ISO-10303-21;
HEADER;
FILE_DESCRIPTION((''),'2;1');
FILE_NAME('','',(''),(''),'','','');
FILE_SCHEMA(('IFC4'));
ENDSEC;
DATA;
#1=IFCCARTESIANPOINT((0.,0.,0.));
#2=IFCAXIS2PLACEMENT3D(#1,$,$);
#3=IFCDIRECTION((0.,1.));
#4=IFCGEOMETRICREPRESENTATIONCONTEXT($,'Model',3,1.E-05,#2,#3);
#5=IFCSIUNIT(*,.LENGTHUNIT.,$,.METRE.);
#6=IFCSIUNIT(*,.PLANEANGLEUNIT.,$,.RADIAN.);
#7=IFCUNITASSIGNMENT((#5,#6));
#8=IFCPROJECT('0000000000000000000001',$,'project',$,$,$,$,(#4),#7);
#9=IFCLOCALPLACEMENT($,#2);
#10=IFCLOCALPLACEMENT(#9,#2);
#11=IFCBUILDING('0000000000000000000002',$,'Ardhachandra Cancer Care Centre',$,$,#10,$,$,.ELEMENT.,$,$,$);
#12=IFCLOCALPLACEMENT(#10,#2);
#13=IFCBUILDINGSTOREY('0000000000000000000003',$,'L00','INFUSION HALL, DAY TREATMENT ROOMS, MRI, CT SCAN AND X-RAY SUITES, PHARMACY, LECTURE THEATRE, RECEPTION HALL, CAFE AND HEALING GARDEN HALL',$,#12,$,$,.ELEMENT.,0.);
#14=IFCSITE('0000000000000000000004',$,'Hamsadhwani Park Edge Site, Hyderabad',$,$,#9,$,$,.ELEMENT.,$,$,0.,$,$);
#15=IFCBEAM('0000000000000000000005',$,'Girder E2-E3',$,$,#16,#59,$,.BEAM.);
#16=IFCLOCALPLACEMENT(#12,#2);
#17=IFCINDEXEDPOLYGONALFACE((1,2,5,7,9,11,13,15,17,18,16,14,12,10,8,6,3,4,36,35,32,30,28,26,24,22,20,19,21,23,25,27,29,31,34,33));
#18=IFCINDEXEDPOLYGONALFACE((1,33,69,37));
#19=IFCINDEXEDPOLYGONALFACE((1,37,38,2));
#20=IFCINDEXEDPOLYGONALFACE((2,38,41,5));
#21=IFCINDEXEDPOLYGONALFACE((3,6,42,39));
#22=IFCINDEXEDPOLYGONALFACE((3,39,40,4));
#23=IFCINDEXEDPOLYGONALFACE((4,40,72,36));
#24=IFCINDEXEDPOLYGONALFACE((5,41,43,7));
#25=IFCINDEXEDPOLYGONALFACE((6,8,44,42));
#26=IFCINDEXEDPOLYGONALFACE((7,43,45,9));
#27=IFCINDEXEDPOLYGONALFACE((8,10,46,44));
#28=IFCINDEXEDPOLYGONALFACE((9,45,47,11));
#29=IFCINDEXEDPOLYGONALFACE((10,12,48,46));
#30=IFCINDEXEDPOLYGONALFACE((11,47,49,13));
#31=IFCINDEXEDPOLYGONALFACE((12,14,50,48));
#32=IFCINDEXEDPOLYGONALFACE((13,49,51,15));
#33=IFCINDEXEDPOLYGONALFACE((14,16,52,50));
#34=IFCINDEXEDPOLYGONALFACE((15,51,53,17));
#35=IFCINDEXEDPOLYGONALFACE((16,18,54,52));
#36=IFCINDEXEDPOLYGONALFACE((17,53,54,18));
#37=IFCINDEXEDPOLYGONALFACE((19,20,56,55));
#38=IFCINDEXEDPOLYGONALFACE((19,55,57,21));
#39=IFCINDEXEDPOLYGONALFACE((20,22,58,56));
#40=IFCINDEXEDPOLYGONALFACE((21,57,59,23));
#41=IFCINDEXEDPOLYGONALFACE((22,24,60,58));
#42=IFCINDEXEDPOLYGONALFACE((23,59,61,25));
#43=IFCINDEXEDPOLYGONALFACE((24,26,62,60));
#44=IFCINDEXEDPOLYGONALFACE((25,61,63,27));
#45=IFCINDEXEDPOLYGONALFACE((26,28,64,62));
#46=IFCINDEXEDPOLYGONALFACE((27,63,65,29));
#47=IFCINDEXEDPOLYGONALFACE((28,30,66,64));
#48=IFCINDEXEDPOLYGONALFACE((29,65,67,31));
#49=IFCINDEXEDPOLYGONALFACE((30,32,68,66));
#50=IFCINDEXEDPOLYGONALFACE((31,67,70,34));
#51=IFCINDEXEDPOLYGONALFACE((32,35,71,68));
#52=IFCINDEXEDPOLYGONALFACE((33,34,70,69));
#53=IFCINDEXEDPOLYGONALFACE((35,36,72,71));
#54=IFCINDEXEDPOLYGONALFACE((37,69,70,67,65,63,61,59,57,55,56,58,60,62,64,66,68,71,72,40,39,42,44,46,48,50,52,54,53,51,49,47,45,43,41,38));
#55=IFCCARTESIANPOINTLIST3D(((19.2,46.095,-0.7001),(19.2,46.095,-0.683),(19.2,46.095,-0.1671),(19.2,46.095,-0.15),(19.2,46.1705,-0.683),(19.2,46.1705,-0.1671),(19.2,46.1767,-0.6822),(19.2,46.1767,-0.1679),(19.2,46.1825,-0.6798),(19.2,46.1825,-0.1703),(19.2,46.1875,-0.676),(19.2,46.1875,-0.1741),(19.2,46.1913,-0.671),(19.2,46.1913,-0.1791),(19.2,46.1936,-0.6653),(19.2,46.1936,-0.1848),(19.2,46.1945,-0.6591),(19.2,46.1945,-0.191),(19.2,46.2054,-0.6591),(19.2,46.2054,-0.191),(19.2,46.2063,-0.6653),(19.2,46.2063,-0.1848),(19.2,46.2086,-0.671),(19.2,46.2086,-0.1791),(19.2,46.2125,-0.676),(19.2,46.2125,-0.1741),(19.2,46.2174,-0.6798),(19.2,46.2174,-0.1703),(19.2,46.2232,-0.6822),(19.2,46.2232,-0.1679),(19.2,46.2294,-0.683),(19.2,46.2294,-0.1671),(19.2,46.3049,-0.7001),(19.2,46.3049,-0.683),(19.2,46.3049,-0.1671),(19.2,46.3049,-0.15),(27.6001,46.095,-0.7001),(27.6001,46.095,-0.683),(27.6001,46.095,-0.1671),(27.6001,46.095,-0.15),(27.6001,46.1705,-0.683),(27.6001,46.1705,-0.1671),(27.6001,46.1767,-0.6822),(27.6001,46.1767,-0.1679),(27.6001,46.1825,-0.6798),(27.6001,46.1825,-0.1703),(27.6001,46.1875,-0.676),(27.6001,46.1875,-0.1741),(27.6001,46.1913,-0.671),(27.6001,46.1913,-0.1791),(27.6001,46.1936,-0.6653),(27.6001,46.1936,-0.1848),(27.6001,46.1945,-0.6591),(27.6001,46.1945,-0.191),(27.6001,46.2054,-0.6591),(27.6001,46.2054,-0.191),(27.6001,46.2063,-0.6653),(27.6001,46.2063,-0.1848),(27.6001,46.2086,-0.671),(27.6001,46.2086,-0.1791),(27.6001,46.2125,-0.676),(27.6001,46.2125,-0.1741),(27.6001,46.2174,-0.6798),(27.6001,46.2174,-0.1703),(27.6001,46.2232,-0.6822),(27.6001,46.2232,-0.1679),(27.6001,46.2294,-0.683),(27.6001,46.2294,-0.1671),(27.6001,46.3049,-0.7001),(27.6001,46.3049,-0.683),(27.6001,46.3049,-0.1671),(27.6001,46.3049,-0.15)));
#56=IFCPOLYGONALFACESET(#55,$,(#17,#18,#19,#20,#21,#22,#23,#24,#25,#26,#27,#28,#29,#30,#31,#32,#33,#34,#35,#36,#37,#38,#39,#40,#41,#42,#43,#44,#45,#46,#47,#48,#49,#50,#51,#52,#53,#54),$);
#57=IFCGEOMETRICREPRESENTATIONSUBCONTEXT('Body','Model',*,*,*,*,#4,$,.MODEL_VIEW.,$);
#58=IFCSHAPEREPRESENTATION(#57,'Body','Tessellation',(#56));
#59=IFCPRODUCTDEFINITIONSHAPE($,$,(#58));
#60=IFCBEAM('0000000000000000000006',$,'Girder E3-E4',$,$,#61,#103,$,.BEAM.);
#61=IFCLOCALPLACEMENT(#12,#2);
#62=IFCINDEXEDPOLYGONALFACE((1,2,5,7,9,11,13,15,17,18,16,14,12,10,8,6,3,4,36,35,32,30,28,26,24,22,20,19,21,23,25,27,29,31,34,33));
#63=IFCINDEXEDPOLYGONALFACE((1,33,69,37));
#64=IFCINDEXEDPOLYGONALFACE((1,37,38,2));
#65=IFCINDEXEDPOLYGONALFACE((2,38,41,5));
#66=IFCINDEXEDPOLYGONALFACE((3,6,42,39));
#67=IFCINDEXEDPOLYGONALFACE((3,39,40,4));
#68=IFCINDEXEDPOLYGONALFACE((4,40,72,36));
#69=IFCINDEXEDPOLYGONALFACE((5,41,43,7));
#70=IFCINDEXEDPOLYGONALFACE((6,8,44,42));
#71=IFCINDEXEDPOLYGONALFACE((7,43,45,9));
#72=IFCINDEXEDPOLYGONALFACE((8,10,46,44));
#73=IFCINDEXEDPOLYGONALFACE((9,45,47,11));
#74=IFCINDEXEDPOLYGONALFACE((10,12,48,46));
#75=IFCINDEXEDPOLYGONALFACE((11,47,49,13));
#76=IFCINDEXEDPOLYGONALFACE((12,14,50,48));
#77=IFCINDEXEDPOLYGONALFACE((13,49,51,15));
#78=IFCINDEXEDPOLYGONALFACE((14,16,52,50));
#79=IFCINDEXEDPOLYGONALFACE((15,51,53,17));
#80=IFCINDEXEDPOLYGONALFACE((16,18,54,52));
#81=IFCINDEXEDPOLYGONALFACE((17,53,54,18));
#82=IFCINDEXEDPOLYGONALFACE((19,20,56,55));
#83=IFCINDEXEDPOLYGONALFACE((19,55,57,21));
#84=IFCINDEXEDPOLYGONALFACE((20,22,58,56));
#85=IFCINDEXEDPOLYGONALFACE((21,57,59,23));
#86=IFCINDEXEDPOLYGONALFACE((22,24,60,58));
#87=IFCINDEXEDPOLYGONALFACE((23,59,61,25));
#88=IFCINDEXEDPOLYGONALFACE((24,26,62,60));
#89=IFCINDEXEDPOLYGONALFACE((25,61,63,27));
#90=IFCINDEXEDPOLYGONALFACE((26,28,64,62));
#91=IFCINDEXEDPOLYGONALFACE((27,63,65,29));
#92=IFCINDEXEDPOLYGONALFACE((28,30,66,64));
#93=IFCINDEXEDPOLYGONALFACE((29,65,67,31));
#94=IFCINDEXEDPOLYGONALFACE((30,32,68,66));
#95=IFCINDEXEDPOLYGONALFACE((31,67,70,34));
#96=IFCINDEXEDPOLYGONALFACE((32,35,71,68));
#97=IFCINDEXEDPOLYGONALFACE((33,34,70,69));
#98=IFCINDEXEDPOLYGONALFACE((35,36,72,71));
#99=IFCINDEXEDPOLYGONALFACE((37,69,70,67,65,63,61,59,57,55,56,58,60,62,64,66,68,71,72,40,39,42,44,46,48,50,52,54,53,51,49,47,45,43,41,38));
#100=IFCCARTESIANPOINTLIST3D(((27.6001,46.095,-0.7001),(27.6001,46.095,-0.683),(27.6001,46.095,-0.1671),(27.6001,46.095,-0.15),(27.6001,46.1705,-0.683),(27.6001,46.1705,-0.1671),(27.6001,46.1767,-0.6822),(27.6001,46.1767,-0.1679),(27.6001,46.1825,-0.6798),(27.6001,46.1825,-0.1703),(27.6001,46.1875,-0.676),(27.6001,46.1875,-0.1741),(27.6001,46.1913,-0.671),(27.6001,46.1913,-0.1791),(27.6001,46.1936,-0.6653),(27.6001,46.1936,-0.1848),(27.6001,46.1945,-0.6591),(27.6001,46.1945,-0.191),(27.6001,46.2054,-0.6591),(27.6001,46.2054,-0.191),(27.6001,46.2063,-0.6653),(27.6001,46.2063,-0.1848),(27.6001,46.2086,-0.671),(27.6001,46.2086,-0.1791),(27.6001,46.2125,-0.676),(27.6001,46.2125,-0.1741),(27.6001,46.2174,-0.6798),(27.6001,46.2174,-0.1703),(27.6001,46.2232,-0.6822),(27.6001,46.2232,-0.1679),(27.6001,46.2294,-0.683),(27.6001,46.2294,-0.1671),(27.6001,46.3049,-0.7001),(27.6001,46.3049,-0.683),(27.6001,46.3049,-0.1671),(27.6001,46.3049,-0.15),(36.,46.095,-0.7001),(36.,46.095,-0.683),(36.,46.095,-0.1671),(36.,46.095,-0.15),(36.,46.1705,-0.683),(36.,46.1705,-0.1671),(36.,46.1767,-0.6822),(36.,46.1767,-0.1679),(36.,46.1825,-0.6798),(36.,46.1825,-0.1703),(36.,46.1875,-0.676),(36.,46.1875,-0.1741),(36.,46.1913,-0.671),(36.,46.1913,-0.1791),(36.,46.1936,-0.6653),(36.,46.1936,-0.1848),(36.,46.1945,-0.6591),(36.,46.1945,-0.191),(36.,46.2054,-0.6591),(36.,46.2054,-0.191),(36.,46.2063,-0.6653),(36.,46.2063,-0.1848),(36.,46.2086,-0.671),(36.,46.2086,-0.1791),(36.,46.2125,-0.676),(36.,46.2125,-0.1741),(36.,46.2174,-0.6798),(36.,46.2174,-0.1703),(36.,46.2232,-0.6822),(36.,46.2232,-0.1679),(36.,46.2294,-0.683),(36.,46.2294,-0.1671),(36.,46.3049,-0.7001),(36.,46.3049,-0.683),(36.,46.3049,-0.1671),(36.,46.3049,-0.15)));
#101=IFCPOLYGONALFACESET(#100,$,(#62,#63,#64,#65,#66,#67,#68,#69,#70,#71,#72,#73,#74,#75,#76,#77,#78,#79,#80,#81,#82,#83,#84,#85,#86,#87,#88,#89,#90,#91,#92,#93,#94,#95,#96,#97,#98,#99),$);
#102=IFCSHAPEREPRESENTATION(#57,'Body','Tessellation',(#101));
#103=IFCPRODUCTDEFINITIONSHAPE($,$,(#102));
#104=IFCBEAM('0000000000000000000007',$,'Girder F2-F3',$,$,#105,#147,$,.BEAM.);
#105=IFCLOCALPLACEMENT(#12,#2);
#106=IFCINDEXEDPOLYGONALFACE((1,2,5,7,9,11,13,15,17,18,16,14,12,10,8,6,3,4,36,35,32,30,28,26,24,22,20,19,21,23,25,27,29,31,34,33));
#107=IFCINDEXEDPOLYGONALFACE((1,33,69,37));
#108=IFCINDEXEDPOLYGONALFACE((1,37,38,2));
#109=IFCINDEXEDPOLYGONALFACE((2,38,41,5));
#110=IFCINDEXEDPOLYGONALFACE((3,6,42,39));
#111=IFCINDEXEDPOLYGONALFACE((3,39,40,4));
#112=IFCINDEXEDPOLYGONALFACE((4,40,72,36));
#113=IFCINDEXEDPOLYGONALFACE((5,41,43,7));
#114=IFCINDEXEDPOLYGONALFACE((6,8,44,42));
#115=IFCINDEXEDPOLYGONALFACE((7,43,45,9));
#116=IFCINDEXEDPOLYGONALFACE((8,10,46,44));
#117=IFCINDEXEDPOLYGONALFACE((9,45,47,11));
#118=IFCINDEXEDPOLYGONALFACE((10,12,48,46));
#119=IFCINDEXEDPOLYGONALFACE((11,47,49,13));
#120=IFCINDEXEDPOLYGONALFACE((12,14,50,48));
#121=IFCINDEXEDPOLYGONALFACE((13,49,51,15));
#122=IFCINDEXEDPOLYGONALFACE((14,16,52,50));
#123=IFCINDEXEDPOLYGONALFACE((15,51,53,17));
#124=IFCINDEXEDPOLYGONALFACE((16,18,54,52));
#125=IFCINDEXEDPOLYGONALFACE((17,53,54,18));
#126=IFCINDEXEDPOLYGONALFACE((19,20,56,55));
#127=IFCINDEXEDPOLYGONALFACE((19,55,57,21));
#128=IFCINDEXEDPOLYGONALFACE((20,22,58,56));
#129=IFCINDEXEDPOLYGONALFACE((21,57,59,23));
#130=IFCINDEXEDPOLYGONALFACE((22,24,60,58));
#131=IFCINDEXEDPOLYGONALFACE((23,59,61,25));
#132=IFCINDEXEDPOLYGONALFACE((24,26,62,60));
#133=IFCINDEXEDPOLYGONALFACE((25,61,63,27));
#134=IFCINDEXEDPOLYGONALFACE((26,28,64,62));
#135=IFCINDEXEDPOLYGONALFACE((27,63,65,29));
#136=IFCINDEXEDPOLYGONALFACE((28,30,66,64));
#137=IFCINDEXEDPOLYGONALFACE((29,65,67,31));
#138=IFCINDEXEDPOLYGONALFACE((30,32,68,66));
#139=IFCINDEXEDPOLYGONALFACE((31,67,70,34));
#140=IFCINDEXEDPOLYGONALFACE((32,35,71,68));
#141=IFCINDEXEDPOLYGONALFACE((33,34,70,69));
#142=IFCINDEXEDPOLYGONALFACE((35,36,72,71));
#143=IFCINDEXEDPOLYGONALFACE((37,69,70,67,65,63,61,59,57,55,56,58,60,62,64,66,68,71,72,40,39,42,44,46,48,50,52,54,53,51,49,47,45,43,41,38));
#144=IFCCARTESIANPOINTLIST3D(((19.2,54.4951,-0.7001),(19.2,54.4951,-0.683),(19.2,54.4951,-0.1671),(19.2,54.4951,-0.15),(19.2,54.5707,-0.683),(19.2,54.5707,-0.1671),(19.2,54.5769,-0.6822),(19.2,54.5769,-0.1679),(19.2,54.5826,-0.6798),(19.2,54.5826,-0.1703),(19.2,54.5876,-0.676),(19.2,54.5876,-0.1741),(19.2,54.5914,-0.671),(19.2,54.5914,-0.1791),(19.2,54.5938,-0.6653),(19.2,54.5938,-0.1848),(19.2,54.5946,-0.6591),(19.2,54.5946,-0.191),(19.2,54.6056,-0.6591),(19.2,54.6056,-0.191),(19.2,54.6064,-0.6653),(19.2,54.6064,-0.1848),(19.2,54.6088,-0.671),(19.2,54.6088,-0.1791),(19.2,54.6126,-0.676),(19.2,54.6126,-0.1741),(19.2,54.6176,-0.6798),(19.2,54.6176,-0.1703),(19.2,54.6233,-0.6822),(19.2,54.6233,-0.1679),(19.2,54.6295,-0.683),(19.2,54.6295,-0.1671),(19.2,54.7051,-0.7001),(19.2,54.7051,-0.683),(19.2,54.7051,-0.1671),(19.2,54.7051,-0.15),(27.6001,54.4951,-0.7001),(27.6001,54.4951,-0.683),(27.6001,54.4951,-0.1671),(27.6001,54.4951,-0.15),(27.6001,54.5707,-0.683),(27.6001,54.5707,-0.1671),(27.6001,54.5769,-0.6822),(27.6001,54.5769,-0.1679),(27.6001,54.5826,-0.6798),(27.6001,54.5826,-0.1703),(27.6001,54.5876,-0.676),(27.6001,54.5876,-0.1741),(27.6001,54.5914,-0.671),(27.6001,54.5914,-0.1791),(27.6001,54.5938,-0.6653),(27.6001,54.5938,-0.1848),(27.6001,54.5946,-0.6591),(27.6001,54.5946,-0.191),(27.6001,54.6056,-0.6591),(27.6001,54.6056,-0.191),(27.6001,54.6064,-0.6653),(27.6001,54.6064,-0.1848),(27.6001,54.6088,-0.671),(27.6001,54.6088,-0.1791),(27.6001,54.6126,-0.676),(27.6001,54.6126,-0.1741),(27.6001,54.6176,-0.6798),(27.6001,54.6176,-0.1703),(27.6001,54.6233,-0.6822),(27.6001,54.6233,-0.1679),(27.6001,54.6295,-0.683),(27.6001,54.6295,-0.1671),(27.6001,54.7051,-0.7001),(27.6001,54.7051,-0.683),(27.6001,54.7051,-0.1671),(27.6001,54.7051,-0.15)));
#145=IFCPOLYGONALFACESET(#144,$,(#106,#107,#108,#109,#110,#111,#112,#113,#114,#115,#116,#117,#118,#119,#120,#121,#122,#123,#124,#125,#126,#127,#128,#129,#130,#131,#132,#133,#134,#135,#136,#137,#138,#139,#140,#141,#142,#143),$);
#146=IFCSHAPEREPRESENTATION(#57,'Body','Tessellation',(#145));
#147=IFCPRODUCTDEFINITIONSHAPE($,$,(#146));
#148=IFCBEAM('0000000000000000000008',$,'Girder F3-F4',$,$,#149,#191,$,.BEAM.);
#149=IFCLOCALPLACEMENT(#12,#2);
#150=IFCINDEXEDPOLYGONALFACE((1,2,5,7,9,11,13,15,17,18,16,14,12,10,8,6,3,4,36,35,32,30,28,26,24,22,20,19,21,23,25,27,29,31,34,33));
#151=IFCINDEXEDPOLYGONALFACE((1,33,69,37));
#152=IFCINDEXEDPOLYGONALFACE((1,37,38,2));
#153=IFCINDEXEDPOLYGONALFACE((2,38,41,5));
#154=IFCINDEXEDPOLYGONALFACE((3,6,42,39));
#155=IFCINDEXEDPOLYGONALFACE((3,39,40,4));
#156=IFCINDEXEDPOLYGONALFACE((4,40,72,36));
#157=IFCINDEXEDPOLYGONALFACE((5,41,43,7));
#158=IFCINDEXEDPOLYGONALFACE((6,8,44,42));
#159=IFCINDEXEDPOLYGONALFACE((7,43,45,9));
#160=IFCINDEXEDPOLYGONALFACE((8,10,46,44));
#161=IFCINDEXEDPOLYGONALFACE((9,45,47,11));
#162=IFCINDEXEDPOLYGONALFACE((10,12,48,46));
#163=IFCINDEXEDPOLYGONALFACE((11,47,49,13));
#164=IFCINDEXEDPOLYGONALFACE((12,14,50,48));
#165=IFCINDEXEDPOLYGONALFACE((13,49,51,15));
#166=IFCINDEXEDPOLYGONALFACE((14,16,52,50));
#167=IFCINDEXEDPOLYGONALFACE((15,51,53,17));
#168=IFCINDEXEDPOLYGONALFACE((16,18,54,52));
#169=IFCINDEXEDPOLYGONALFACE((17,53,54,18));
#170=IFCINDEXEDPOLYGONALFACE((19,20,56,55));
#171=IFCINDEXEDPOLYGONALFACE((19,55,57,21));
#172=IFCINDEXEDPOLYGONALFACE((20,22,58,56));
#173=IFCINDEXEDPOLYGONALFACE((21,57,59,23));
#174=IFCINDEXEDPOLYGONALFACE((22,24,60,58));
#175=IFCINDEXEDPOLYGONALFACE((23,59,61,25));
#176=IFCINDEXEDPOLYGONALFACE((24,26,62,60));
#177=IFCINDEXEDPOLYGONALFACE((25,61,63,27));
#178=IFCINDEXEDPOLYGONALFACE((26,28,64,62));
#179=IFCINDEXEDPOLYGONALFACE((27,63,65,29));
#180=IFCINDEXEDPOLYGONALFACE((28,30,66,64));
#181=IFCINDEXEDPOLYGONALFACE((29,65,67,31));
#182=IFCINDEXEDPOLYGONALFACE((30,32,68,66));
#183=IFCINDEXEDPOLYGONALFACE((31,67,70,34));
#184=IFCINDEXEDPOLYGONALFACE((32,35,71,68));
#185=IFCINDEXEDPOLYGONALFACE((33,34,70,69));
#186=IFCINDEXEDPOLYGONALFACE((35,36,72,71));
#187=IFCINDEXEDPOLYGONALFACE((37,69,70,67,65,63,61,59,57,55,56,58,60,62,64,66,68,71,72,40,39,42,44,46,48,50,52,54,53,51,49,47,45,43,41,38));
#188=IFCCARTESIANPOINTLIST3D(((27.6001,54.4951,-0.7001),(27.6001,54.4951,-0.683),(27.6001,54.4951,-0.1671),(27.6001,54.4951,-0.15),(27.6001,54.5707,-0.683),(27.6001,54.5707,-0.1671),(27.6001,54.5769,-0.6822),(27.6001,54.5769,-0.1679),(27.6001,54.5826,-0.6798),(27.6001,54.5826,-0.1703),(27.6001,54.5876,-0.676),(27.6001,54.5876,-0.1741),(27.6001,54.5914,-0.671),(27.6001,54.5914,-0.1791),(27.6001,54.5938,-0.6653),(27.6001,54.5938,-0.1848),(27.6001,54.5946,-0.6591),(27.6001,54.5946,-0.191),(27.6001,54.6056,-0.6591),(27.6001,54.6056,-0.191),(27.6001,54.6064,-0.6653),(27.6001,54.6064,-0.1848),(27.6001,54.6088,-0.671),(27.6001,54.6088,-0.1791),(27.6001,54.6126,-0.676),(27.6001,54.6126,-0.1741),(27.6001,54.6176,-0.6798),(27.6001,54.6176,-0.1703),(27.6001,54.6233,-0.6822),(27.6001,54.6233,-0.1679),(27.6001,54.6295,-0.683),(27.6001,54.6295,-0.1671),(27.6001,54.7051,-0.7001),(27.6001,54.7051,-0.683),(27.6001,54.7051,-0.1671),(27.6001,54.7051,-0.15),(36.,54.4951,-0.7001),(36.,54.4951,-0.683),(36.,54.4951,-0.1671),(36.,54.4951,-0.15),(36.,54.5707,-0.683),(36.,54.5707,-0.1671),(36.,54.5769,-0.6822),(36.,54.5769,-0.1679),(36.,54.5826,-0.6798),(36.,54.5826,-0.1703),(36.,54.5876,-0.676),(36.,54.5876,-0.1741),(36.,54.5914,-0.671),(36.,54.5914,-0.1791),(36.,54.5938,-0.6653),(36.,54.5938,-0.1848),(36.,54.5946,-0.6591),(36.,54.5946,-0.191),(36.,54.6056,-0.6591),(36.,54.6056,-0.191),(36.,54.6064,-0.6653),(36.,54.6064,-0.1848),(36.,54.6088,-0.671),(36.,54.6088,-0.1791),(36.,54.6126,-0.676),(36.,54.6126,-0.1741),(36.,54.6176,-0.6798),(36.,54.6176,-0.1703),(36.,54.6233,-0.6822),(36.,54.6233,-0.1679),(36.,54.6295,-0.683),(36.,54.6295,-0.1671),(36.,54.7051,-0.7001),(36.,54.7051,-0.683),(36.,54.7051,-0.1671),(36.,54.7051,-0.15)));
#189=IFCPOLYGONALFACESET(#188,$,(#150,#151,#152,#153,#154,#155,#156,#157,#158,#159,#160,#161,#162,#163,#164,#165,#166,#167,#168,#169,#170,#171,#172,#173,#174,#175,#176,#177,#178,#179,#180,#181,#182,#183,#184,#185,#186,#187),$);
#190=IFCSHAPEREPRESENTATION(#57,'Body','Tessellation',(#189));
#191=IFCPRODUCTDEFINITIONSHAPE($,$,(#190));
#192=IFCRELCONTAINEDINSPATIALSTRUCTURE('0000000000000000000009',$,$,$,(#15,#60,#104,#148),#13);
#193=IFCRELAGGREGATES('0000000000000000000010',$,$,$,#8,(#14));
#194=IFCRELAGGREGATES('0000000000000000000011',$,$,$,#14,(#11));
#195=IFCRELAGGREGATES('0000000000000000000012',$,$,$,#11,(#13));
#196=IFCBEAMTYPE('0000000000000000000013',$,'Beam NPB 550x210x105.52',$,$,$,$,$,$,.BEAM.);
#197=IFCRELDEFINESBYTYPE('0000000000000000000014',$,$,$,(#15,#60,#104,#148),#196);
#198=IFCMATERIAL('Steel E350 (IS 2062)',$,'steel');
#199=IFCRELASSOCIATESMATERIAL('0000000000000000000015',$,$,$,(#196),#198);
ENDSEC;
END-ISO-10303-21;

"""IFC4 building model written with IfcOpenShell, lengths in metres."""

from ifc_helpers import new_model, si_unit, direction, frame, origin, origin_2d, place, context, subcontext, project, spatial, i_section, extrude, material, material_profile, profile_set, type_object, element, save


model = new_model("IFC4")

# Units and contexts
model_context = context("Model", 3, precision=1e-05, world=origin(), true_north=direction((0.0, 1.0)))
body_context = subcontext(model_context, "Body", "Model", "MODEL_VIEW")
ifc_project = project(units=[si_unit("LENGTHUNIT", "METRE"), si_unit("PLANEANGLEUNIT", "RADIAN")], contexts=[model_context])

# Site, building, storey
site_placement = place(None, origin())
site = spatial("IfcSite", under=ifc_project, at=site_placement, Name="Hamsadhwani Park Edge Site, Hyderabad", CompositionType="ELEMENT", RefElevation=0.0)
building_placement = place(site_placement, origin())
building = spatial("IfcBuilding", under=site, at=building_placement, Name="Ardhachandra Cancer Care Centre", CompositionType="ELEMENT")
storey_placement = place(building_placement, origin())
storey = spatial("IfcBuildingStorey", under=building, at=storey_placement, Name="L00", Description="INFUSION HALL, DAY TREATMENT ROOMS, MRI, CT SCAN AND X-RAY SUITES, PHARMACY, LECTURE THEATRE, RECEPTION HALL, CAFE AND HEALING GARDEN HALL", CompositionType="ELEMENT", Elevation=0.0)

# Beams
ifc_material_1 = material(Name="Steel E350 (IS 2062)", Category="steel")
ifc_material_profile_1 = material_profile(ifc_material_1, i_section(OverallWidth=0.21, OverallDepth=0.55, WebThickness=0.011, FlangeThickness=0.0171, FilletRadius=0.0239, at=origin_2d()), Name="NPB 550x210x105.52")
ifc_profile_set_1 = profile_set([ifc_material_profile_1], Name="Steel E350 (IS 2062)")
beam_type_1 = type_object("IfcBeamType", Name="Beam NPB 550x210x105.52", PredefinedType="BEAM", material=ifc_profile_set_1)
beam_1_placement = place(storey_placement, frame((19.2, 46.2, -0.425), z_axis=(1.0, 0.0, 0.0), x_axis=(0.0, 1.0, 0.0)))
element("IfcBeam", 1, at=beam_1_placement, inside=storey, type_object=beam_type_1, Name="Girder E2-E3", PredefinedType="BEAM", context=body_context, shape_type="SweptSolid", body=[
    extrude(i_section(OverallWidth=0.21, OverallDepth=0.55, WebThickness=0.011, FlangeThickness=0.0171, FilletRadius=0.0239, at=origin_2d()), origin(), (0.0, 0.0, 1.0), 8.4001),
])
beam_2_placement = place(storey_placement, frame((27.6001, 46.2, -0.425), z_axis=(1.0, 0.0, 0.0), x_axis=(0.0, 1.0, 0.0)))
element("IfcBeam", 2, at=beam_2_placement, inside=storey, type_object=beam_type_1, Name="Girder E3-E4", PredefinedType="BEAM", context=body_context, shape_type="SweptSolid", body=[
    extrude(i_section(OverallWidth=0.21, OverallDepth=0.55, WebThickness=0.011, FlangeThickness=0.0171, FilletRadius=0.0239, at=origin_2d()), origin(), (0.0, 0.0, 1.0), 8.3999),
])
beam_3_placement = place(storey_placement, frame((19.2, 54.6001, -0.425), z_axis=(1.0, 0.0, 0.0), x_axis=(0.0, 1.0, 0.0)))
element("IfcBeam", 3, at=beam_3_placement, inside=storey, type_object=beam_type_1, Name="Girder F2-F3", PredefinedType="BEAM", context=body_context, shape_type="SweptSolid", body=[
    extrude(i_section(OverallWidth=0.21, OverallDepth=0.55, WebThickness=0.011, FlangeThickness=0.0171, FilletRadius=0.0239, at=origin_2d()), origin(), (0.0, 0.0, 1.0), 8.4001),
])
beam_4_placement = place(storey_placement, frame((27.6001, 54.6001, -0.425), z_axis=(1.0, 0.0, 0.0), x_axis=(0.0, 1.0, 0.0)))
element("IfcBeam", 4, at=beam_4_placement, inside=storey, type_object=beam_type_1, Name="Girder F3-F4", PredefinedType="BEAM", context=body_context, shape_type="SweptSolid", body=[
    extrude(i_section(OverallWidth=0.21, OverallDepth=0.55, WebThickness=0.011, FlangeThickness=0.0171, FilletRadius=0.0239, at=origin_2d()), origin(), (0.0, 0.0, 1.0), 8.3999),
])

save(model, "model.ifc")
